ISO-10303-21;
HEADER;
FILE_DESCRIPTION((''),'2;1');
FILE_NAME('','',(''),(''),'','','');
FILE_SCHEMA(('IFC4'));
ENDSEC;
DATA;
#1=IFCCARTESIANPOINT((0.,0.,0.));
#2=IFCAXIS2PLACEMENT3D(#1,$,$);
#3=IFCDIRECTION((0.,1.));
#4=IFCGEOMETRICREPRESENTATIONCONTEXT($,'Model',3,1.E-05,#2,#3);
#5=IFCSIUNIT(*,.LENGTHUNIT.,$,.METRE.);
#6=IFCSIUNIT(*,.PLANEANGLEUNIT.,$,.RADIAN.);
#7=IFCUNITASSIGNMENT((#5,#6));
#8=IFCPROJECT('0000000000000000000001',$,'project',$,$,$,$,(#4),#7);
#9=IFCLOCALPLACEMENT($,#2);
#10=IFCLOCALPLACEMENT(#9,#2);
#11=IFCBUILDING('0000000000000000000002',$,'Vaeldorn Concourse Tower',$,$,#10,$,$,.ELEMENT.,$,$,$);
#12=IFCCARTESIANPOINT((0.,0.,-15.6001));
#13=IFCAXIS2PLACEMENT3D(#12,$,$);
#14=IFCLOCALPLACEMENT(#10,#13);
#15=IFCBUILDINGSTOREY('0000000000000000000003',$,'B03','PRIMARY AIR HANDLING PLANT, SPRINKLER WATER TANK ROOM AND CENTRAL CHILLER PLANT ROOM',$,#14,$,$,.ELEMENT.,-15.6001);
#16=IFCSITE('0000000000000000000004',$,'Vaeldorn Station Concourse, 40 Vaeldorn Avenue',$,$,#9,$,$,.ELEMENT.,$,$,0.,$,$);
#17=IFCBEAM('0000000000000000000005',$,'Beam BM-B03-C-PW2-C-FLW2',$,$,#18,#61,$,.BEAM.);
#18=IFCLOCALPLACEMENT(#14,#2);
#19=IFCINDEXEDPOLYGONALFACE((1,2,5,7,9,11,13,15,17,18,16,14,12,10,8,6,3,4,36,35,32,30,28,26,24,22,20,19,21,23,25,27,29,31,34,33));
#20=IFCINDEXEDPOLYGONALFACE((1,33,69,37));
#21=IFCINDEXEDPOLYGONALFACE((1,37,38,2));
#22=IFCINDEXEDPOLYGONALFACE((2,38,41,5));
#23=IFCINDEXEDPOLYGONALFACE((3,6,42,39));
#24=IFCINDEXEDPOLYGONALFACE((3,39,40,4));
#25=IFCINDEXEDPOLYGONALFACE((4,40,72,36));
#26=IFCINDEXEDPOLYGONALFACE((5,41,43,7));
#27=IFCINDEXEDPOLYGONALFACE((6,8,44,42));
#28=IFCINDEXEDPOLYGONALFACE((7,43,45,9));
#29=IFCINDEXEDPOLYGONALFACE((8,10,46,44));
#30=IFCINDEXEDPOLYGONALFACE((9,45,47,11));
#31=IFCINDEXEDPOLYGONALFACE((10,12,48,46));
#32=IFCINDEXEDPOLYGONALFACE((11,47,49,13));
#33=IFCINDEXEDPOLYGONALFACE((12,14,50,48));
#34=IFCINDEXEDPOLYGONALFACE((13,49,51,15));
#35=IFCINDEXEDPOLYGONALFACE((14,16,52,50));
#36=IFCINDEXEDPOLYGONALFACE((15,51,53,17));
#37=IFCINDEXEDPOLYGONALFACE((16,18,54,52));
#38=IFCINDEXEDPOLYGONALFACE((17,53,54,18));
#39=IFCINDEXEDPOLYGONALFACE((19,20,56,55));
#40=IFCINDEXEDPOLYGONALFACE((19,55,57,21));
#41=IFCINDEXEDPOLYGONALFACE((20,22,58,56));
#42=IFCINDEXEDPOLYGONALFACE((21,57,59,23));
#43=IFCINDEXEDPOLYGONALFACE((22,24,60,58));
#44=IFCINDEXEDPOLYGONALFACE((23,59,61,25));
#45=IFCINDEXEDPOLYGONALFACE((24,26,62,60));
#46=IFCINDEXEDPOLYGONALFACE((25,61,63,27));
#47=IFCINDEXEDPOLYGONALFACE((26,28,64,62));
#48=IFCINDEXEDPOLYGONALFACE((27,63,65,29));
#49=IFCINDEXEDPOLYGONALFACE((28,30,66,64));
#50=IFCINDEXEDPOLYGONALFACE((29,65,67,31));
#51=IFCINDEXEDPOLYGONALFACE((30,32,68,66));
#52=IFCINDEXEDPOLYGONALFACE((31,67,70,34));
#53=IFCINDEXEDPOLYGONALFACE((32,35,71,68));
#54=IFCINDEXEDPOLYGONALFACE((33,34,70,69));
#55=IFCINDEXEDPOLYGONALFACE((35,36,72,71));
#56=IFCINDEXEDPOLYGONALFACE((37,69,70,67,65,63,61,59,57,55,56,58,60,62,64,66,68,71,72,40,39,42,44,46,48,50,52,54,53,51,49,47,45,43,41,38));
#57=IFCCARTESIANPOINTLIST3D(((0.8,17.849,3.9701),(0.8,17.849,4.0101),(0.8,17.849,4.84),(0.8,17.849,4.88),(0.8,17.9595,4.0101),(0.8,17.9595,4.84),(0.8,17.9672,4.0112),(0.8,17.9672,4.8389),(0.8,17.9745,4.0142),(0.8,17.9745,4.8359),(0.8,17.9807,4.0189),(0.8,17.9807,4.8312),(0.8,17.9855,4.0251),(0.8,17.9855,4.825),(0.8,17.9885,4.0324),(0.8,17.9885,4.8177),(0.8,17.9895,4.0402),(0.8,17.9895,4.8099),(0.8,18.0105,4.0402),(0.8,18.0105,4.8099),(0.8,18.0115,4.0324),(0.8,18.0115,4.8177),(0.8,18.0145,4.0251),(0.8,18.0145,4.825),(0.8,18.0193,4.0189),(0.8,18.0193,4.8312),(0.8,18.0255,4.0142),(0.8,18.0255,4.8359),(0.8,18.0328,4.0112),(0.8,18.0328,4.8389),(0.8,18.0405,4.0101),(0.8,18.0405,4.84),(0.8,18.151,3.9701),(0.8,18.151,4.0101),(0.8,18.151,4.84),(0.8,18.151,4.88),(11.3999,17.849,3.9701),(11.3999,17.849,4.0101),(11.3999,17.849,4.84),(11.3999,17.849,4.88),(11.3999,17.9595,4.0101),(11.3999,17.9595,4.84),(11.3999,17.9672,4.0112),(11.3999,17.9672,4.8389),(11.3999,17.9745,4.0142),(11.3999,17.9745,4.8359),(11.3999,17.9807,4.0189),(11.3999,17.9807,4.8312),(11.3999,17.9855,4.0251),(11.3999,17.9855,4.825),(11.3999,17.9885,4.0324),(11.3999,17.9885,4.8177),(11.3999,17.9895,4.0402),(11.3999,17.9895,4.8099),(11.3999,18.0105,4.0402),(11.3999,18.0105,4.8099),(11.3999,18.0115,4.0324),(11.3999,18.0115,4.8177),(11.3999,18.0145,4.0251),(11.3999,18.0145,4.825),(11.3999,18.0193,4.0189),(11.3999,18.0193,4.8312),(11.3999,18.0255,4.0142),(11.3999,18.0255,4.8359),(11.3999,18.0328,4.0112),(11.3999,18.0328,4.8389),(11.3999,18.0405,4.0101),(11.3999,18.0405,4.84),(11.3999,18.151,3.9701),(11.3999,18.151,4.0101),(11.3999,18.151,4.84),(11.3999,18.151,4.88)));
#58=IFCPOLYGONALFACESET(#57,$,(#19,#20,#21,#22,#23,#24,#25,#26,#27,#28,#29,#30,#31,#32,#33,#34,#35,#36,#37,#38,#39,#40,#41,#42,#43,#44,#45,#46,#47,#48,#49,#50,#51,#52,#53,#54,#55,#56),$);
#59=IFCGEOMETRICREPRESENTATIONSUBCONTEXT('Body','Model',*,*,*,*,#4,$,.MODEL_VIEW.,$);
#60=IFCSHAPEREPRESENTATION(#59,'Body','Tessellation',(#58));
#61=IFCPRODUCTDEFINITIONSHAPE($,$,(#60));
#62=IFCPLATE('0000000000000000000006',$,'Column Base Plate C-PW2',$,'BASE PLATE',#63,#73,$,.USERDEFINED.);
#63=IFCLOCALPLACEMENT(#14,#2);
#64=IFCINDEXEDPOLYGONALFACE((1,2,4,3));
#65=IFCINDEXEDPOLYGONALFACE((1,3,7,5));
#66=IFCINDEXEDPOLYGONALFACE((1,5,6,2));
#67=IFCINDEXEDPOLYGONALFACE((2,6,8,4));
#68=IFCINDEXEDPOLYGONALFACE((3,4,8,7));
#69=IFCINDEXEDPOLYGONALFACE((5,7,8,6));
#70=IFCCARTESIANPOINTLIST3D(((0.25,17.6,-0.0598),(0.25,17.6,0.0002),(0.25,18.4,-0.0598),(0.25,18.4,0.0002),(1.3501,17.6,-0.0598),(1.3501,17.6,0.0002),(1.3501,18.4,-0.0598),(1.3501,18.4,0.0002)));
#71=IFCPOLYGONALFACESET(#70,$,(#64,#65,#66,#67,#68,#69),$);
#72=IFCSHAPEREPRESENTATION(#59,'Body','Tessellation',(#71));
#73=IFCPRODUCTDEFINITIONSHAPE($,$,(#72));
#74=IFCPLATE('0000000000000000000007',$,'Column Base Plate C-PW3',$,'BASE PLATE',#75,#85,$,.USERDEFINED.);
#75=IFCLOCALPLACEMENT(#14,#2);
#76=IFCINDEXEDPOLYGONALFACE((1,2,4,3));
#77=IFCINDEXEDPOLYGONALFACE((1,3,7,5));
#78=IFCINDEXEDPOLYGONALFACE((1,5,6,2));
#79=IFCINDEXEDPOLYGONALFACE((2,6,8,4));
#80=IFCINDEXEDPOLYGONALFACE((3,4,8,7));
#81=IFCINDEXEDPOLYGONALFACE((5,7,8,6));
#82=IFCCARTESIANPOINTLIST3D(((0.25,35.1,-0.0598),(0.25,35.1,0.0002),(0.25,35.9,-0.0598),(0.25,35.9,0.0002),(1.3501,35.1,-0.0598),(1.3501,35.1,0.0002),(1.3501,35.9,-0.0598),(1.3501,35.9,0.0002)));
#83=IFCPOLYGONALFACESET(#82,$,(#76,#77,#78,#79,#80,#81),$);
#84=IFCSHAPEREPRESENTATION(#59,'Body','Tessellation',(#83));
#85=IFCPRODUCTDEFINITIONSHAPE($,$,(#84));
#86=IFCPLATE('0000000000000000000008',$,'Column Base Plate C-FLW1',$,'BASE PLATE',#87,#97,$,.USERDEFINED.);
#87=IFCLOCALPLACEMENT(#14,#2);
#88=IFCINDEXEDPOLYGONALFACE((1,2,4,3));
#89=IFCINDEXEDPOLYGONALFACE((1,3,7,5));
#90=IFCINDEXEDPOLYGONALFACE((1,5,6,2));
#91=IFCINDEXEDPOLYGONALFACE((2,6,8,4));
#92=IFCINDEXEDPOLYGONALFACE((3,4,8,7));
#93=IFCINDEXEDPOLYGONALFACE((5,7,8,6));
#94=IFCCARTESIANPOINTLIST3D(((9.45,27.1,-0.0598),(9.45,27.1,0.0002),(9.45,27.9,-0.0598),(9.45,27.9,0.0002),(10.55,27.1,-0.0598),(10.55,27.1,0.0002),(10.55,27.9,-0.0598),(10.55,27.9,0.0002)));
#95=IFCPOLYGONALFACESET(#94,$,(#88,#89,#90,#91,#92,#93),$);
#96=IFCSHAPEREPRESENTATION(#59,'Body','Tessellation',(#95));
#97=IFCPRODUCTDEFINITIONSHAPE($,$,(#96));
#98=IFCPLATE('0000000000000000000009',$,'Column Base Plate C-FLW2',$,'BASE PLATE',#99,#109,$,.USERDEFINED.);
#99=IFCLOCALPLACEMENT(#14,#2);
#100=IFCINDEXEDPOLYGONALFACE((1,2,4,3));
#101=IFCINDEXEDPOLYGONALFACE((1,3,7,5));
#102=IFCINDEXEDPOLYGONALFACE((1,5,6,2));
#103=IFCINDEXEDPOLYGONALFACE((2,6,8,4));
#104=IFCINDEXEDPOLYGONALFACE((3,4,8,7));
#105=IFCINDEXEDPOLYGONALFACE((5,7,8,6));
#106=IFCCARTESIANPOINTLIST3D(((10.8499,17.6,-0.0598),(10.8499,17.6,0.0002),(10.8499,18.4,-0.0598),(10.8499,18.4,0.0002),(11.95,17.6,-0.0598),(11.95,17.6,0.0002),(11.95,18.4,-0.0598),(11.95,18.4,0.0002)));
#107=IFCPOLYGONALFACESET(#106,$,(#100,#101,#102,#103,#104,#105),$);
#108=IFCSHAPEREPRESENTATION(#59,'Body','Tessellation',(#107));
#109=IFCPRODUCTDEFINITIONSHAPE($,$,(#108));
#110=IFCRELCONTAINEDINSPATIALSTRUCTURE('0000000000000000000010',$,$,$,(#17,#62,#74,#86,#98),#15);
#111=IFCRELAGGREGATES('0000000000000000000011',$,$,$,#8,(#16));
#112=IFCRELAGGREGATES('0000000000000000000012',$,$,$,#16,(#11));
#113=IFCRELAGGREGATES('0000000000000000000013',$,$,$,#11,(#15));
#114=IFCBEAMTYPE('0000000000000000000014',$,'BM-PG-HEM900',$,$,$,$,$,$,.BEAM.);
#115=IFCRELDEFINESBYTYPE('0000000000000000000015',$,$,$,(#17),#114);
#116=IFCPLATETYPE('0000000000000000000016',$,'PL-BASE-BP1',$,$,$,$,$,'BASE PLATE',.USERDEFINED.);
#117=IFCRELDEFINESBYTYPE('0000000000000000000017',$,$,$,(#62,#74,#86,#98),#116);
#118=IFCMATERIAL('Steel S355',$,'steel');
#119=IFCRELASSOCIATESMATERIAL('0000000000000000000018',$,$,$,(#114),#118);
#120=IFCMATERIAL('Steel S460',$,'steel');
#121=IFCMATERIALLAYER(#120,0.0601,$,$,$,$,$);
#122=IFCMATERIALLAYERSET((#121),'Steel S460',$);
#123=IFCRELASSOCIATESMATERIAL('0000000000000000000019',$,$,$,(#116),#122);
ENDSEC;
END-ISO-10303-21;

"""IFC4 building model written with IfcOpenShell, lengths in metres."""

from ifc_helpers import new_model, si_unit, direction, frame, origin, origin_2d, place, context, subcontext, project, spatial, rectangle, i_section, extrude, source, transform, mapped, material, layer, layer_set, material_profile, profile_set, type_object, element, save


model = new_model("IFC4")

# Units and contexts
model_context = context("Model", 3, precision=1e-05, world=origin(), true_north=direction((0.0, 1.0)))
body_context = subcontext(model_context, "Body", "Model", "MODEL_VIEW")
ifc_project = project(units=[si_unit("LENGTHUNIT", "METRE"), si_unit("PLANEANGLEUNIT", "RADIAN")], contexts=[model_context])

# Site, building, storey
site_placement = place(None, origin())
site = spatial("IfcSite", under=ifc_project, at=site_placement, Name="Vaeldorn Station Concourse, 40 Vaeldorn Avenue", CompositionType="ELEMENT", RefElevation=0.0)
building_placement = place(site_placement, origin())
building = spatial("IfcBuilding", under=site, at=building_placement, Name="Vaeldorn Concourse Tower", CompositionType="ELEMENT")
storey_placement = place(building_placement, frame((0.0, 0.0, -15.6001)))
storey = spatial("IfcBuildingStorey", under=building, at=storey_placement, Name="B03", Description="PRIMARY AIR HANDLING PLANT, SPRINKLER WATER TANK ROOM AND CENTRAL CHILLER PLANT ROOM", CompositionType="ELEMENT", Elevation=-15.6001)

# Shared definitions
ifc_material_1 = material(Name="Steel S460", Category="steel")

# Beam
ifc_material_2 = material(Name="Steel S355", Category="steel")
ifc_material_profile_1 = material_profile(ifc_material_2, i_section(OverallWidth=0.302, OverallDepth=0.9099, WebThickness=0.021, FlangeThickness=0.04, FilletRadius=0.03, at=origin_2d()), Name="HEM 900")
ifc_profile_set_1 = profile_set([ifc_material_profile_1], Name="Steel S355")
beam_type = type_object("IfcBeamType", Name="BM-PG-HEM900", PredefinedType="BEAM", material=ifc_profile_set_1)
shared_shape_1 = source(origin(), body_context, "Body", "SweptSolid", [
    extrude(i_section(OverallWidth=0.302, OverallDepth=0.9099, WebThickness=0.021, FlangeThickness=0.04, FilletRadius=0.03, at=origin_2d()), origin(), (0.0, 0.0, 1.0), 10.5999),
])
beam_1_placement = place(storey_placement, frame((0.8, 18.0, 4.425), z_axis=(1.0, 0.0, 0.0), x_axis=(0.0, 1.0, 0.0)))
element("IfcBeam", 1, at=beam_1_placement, inside=storey, type_object=beam_type, Name="Beam BM-B03-C-PW2-C-FLW2", PredefinedType="BEAM", context=body_context, shape_type="MappedRepresentation", body=[
    mapped(shared_shape_1, transform((0.0, 0.0, 0.0), scale=1.0)),
])

# Plates
ifc_layer_1 = layer(ifc_material_1, 0.0601)
ifc_layer_set_1 = layer_set([ifc_layer_1], Name="Steel S460")
plate_type = type_object("IfcPlateType", Name="PL-BASE-BP1", ElementType="BASE PLATE", PredefinedType="USERDEFINED", material=ifc_layer_set_1)
shared_shape_2 = source(origin(), body_context, "Body", "SweptSolid", [
    extrude(rectangle(XDim=1.1001, YDim=0.8, at=origin_2d()), origin(), (0.0, 0.0, 1.0), 0.0601),
])
for number, where, z_axis, x_axis, name in (
    (2, (0.8, 18.0, -0.0598), (0.0, 0.0, 1.0), (1.0, 0.0, 0.0), "Column Base Plate C-PW2"),
    (3, (0.8, 35.5, -0.0598), (0.0, 0.0, 1.0), (1.0, 0.0, 0.0), "Column Base Plate C-PW3"),
    (4, (10.0, 27.5, -0.0598), (0.0, 0.0, 1.0), (1.0, 0.0, 0.0), "Column Base Plate C-FLW1"),
    (5, (11.3999, 18.0, -0.0598), (0.0, 0.0, 1.0), (1.0, 0.0, 0.0), "Column Base Plate C-FLW2"),
):
    element("IfcPlate", number, at=place(storey_placement, frame(where, z_axis=z_axis, x_axis=x_axis)), inside=storey, type_object=plate_type, Name=name, ObjectType="BASE PLATE", PredefinedType="USERDEFINED", context=body_context, shape_type="MappedRepresentation", body=[
        mapped(shared_shape_2, transform((0.0, 0.0, 0.0), scale=1.0)),
    ])

save(model, "model.ifc")
